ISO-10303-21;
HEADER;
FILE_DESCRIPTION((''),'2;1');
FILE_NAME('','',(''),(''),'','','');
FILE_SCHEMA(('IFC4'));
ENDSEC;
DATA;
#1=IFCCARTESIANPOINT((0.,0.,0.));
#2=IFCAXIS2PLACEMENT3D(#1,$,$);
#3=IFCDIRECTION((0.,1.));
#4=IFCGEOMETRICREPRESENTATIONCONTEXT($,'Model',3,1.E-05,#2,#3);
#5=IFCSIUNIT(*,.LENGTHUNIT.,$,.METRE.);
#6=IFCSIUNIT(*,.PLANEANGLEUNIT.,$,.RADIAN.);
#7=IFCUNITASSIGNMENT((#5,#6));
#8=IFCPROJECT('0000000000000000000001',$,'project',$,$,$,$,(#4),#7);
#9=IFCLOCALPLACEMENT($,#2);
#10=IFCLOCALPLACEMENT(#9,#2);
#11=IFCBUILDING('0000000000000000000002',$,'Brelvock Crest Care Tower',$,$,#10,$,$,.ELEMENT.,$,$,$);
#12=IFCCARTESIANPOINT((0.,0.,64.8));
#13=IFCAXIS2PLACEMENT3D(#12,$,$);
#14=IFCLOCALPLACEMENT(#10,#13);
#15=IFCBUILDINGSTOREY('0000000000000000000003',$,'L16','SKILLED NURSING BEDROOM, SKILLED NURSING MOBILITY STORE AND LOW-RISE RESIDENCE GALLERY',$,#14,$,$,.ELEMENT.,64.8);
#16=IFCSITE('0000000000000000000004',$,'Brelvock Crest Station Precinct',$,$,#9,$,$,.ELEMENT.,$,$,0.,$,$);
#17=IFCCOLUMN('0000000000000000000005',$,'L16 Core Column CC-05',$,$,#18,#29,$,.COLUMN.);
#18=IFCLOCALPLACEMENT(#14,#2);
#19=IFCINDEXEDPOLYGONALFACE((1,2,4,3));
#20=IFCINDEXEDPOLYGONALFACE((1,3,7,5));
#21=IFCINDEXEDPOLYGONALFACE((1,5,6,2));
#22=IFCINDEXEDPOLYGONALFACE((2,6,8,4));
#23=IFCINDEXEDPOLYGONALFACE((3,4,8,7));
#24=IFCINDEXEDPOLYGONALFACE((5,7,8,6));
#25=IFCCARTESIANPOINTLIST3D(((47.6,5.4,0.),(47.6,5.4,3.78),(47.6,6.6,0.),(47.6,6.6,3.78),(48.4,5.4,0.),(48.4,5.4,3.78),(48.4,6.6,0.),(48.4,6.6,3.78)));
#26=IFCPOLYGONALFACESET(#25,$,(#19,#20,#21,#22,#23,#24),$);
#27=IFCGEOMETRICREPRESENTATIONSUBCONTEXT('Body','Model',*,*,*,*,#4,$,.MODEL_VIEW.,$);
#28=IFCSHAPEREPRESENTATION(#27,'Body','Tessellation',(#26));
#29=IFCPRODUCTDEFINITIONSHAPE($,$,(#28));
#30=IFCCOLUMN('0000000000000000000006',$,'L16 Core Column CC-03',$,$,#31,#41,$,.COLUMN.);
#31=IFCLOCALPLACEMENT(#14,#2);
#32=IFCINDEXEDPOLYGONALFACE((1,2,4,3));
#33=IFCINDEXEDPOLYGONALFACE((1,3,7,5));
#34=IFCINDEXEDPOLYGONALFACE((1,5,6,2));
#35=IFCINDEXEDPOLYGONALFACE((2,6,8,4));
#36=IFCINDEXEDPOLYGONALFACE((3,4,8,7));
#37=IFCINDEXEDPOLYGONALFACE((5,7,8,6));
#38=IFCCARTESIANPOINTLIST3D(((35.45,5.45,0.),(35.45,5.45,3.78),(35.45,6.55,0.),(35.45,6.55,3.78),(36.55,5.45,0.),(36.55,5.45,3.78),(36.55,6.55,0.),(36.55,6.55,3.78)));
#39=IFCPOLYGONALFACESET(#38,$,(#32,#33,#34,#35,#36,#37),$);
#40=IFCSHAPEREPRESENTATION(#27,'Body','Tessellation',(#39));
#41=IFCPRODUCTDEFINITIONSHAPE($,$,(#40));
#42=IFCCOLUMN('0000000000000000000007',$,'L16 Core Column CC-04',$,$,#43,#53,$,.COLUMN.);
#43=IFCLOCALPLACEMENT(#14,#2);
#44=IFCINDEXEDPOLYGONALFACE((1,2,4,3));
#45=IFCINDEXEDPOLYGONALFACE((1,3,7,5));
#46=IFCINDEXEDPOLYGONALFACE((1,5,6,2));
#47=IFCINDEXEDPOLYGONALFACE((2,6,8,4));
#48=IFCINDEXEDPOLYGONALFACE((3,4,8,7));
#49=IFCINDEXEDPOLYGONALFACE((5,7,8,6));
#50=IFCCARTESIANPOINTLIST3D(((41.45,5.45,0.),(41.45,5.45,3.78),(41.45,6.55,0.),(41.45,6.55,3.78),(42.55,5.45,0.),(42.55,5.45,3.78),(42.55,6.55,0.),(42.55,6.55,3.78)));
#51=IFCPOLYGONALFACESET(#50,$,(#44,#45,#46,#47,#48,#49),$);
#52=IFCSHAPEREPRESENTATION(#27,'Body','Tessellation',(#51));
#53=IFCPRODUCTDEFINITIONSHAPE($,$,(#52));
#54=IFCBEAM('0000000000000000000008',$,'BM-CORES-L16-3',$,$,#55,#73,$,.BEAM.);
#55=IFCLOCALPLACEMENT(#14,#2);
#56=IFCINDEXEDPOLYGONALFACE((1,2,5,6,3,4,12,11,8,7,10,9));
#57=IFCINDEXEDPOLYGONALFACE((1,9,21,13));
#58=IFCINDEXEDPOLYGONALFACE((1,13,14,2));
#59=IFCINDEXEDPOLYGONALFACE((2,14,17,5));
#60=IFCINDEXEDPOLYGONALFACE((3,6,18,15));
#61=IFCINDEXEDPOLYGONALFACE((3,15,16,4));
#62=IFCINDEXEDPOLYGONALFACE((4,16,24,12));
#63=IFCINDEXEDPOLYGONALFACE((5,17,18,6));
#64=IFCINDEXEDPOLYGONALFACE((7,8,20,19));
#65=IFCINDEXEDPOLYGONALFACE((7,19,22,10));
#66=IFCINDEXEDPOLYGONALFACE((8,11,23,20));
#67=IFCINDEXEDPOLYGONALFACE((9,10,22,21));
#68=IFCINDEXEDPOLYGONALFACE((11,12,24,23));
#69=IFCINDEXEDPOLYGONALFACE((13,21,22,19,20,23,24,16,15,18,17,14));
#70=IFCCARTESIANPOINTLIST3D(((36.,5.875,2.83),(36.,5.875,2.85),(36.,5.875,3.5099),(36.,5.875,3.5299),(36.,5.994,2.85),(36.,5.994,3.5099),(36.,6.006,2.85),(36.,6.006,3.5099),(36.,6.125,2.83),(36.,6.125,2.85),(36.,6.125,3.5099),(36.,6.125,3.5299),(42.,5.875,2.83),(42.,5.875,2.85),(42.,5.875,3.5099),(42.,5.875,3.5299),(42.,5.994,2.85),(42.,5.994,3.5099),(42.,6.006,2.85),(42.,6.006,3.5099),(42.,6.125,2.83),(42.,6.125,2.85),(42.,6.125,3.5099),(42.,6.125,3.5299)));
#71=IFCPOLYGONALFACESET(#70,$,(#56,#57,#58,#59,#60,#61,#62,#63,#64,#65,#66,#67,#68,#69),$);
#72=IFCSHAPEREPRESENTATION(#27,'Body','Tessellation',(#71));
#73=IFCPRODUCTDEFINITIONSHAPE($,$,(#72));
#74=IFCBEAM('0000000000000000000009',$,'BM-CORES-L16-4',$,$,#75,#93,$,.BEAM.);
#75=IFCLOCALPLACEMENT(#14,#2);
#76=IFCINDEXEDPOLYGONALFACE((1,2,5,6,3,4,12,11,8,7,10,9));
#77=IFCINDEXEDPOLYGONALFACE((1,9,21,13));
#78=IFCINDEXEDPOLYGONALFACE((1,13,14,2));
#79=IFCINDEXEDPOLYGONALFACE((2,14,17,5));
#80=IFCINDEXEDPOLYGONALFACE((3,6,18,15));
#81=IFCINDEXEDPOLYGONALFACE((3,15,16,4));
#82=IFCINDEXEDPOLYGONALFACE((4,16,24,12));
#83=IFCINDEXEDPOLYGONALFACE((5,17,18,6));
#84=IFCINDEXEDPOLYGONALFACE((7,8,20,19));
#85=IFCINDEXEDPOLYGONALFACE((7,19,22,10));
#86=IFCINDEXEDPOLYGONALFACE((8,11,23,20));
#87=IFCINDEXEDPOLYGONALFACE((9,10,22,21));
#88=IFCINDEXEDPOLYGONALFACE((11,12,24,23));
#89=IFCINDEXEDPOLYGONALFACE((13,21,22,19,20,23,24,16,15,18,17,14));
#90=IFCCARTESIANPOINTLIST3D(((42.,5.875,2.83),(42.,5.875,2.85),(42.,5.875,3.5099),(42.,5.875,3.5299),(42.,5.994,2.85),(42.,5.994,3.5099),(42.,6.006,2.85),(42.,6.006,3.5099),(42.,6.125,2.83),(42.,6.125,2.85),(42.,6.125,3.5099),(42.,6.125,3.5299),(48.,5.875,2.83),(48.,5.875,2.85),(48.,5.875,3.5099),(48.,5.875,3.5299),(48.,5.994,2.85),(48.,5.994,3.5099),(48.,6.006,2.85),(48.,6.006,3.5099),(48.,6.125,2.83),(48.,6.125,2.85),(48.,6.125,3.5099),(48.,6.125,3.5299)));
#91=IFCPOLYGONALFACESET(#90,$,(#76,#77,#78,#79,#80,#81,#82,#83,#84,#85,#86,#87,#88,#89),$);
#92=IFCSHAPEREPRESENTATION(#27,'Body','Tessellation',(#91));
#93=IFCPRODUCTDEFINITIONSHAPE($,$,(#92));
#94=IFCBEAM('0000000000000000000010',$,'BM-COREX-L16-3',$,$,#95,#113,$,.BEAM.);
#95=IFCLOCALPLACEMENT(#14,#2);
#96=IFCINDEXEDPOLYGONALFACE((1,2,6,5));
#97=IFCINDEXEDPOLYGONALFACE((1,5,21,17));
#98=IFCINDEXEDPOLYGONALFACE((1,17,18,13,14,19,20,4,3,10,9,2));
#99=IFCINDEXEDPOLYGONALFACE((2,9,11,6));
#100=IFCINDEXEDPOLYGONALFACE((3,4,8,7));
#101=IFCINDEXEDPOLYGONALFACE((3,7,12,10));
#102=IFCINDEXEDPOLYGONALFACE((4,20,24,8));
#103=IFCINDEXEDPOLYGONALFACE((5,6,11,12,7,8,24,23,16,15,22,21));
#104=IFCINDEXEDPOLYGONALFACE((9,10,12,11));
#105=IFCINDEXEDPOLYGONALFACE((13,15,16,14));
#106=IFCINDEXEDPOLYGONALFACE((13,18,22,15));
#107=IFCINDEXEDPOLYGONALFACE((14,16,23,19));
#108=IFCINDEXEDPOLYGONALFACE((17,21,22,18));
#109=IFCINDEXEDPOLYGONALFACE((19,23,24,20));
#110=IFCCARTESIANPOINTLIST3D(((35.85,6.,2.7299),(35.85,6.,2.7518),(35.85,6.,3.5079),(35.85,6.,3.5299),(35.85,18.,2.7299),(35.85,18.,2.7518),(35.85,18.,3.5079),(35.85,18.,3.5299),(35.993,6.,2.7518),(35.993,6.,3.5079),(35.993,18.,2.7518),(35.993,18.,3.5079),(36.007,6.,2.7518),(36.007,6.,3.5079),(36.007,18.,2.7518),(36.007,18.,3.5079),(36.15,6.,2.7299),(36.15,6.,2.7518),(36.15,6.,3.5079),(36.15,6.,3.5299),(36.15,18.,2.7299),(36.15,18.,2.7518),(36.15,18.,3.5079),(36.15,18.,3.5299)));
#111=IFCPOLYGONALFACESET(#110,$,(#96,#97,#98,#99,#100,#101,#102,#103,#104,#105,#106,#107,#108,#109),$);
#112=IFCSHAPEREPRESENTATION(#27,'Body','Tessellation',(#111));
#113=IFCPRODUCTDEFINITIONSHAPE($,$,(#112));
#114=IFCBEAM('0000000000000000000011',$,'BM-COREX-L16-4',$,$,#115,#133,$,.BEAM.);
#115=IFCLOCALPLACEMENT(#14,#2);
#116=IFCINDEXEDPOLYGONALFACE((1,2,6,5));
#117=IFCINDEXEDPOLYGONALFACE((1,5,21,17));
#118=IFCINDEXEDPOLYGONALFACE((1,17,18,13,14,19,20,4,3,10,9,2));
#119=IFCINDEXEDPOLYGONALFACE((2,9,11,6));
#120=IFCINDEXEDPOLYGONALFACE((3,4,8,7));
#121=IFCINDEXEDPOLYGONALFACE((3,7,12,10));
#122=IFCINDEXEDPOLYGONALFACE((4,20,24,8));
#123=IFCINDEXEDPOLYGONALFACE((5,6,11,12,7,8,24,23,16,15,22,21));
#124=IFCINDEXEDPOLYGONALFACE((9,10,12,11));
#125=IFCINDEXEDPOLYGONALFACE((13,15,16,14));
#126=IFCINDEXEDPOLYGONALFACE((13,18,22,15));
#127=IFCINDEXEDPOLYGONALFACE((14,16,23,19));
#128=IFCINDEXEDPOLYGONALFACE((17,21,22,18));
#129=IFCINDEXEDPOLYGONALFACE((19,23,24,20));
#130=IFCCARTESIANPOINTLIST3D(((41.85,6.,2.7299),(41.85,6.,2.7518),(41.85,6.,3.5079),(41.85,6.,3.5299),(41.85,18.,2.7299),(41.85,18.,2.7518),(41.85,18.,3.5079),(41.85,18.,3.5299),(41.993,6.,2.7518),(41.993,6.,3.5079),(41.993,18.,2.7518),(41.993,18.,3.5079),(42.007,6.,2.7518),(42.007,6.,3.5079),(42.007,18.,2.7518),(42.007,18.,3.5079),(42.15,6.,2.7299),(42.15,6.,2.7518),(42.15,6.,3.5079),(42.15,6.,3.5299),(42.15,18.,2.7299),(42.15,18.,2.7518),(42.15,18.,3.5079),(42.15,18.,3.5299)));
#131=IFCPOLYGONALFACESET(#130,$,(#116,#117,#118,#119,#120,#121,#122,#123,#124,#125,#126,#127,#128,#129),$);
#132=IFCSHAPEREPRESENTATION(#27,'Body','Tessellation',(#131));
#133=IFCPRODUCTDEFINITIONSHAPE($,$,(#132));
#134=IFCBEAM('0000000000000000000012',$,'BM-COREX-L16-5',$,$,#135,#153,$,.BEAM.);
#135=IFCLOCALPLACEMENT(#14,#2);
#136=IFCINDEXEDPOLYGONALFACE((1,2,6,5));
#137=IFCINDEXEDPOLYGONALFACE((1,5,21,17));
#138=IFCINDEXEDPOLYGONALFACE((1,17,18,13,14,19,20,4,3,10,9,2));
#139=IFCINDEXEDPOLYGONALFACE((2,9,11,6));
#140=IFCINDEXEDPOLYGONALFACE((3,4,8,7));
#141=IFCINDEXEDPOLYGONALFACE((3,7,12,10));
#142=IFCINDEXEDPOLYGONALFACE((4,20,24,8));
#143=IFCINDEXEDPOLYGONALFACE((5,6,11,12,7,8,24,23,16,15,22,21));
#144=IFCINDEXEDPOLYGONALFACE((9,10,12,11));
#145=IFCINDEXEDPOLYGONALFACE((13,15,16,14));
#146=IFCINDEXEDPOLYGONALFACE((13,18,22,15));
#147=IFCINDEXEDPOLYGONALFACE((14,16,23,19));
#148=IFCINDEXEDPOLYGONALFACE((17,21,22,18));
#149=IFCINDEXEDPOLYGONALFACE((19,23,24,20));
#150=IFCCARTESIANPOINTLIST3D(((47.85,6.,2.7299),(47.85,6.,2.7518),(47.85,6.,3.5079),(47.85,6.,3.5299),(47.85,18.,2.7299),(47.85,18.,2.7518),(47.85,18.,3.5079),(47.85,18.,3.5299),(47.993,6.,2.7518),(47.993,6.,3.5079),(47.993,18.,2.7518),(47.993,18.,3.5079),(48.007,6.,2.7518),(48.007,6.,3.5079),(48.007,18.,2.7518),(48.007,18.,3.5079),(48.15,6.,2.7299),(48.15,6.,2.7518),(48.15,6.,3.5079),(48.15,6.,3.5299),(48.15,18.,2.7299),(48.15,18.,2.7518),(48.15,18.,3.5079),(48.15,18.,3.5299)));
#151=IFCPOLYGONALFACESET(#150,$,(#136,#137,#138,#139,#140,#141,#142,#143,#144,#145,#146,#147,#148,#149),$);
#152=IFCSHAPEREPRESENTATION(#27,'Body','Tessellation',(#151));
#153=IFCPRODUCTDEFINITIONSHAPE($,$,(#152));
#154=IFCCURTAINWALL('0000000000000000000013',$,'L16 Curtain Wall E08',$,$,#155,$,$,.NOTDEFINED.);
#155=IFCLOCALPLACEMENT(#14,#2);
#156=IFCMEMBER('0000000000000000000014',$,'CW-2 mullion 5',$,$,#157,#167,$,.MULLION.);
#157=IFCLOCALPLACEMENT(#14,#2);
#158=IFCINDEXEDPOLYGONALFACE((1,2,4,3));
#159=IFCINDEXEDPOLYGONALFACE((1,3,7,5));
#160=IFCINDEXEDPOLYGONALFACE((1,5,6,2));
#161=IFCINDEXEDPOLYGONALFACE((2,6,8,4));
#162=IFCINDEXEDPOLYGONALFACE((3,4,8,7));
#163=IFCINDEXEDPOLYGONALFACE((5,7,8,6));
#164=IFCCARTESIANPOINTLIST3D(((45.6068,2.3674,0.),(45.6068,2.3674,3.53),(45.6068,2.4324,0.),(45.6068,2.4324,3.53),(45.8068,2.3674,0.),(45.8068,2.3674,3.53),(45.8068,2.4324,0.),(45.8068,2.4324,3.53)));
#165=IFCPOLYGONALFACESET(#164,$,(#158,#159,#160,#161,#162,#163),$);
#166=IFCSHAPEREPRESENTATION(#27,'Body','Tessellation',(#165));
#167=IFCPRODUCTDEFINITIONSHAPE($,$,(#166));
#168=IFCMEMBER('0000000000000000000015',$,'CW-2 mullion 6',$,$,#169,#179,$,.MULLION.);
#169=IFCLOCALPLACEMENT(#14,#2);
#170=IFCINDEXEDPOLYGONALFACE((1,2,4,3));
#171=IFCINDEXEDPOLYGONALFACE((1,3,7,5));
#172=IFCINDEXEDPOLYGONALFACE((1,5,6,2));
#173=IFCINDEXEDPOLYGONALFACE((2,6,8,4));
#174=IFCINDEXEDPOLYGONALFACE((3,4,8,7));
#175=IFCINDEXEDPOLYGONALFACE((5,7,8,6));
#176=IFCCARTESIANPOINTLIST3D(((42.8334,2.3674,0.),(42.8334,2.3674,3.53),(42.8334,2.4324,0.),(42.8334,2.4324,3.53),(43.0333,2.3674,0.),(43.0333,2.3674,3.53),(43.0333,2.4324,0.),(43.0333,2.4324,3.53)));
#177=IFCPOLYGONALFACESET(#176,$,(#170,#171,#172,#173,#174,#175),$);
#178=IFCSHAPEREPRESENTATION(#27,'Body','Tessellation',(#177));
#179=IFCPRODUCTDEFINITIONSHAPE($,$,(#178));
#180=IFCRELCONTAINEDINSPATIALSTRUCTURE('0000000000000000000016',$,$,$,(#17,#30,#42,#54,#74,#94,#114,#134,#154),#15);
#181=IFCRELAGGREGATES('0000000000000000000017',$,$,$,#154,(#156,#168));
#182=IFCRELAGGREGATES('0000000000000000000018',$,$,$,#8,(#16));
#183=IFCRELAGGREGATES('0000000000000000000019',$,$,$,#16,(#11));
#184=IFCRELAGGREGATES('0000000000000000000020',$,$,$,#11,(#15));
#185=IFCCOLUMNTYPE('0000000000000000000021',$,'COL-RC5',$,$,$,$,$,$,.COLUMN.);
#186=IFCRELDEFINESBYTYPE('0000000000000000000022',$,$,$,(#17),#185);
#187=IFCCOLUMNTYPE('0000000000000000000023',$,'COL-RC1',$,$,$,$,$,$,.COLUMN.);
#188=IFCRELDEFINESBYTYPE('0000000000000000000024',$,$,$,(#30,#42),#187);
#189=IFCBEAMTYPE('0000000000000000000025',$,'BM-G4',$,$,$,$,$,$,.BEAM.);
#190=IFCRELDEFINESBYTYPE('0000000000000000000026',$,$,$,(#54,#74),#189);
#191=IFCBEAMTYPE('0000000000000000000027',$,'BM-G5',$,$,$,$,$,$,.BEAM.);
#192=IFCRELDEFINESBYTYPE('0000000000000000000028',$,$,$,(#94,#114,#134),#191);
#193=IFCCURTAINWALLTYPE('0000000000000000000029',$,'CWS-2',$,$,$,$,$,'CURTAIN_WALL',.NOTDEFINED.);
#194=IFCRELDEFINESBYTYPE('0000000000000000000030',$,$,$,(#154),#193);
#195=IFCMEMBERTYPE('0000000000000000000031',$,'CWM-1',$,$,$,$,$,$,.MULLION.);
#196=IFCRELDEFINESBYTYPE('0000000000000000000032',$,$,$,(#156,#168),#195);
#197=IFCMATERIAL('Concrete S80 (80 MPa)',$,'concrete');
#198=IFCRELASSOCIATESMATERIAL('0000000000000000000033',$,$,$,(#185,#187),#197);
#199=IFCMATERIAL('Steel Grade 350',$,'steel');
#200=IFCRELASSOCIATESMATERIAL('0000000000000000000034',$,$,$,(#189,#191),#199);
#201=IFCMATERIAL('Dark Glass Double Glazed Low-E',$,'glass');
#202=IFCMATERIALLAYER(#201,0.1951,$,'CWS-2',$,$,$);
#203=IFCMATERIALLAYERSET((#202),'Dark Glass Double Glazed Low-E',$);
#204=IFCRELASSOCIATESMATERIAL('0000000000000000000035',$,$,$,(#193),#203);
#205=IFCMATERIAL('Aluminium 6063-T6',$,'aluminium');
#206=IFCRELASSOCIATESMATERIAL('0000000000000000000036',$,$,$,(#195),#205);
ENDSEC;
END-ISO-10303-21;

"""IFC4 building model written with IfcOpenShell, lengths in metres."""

from ifc_helpers import new_model, si_unit, direction, frame, origin, origin_2d, place, context, subcontext, project, spatial, rectangle, i_section, extrude, source, transform, mapped, material, layer, layer_set, material_profile, profile_set, type_object, element, aggregate, save


model = new_model("IFC4")

# Units and contexts
model_context = context("Model", 3, precision=1e-05, world=origin(), true_north=direction((0.0, 1.0)))
body_context = subcontext(model_context, "Body", "Model", "MODEL_VIEW")
ifc_project = project(units=[si_unit("LENGTHUNIT", "METRE"), si_unit("PLANEANGLEUNIT", "RADIAN")], contexts=[model_context])

# Site, building, storey
site_placement = place(None, origin())
site = spatial("IfcSite", under=ifc_project, at=site_placement, Name="Brelvock Crest Station Precinct", CompositionType="ELEMENT", RefElevation=0.0)
building_placement = place(site_placement, origin())
building = spatial("IfcBuilding", under=site, at=building_placement, Name="Brelvock Crest Care Tower", CompositionType="ELEMENT")
storey_placement = place(building_placement, frame((0.0, 0.0, 64.8)))
storey = spatial("IfcBuildingStorey", under=building, at=storey_placement, Name="L16", Description="SKILLED NURSING BEDROOM, SKILLED NURSING MOBILITY STORE AND LOW-RISE RESIDENCE GALLERY", CompositionType="ELEMENT", Elevation=64.8)

# Columns
ifc_material_1 = material(Name="Concrete S80 (80 MPa)", Category="concrete")
ifc_material_profile_1 = material_profile(ifc_material_1, rectangle(XDim=0.8, YDim=1.2, at=origin_2d()), Name="RC800x1200")
ifc_profile_set_1 = profile_set([ifc_material_profile_1], Name="Concrete S80 (80 MPa)")
column_type_1 = type_object("IfcColumnType", Name="COL-RC5", PredefinedType="COLUMN", material=ifc_profile_set_1)
shared_shape_1 = source(origin(), body_context, "Body", "SweptSolid", [
    extrude(rectangle(XDim=0.8, YDim=1.2, at=origin_2d()), origin(), (0.0, 0.0, 1.0), 3.78),
])
column_placement = place(storey_placement, frame((48.0, 6.0, 0.0), z_axis=(0.0, 0.0, 1.0), x_axis=(1.0, 0.0, 0.0)))
element("IfcColumn", 1, at=column_placement, inside=storey, type_object=column_type_1, Name="L16 Core Column CC-05", PredefinedType="COLUMN", context=body_context, shape_type="MappedRepresentation", body=[
    mapped(shared_shape_1, transform((0.0, 0.0, 0.0), x_axis=(1.0, 0.0, 0.0), y_axis=(0.0, 1.0, 0.0), z_axis=(0.0, 0.0, 1.0), scale=1.0)),
])
ifc_material_profile_2 = material_profile(ifc_material_1, rectangle(XDim=1.1001, YDim=1.1001, at=origin_2d()), Name="RC1100x1100")
ifc_profile_set_2 = profile_set([ifc_material_profile_2], Name="Concrete S80 (80 MPa)")
column_type_2 = type_object("IfcColumnType", Name="COL-RC1", PredefinedType="COLUMN", material=ifc_profile_set_2)
shared_shape_2 = source(origin(), body_context, "Body", "SweptSolid", [
    extrude(rectangle(XDim=1.1001, YDim=1.1001, at=origin_2d()), origin(), (0.0, 0.0, 1.0), 3.78),
])
for number, where, z_axis, x_axis, name in (
    (2, (36.0, 6.0, 0.0), (0.0, 0.0, 1.0), (1.0, 0.0, 0.0), "L16 Core Column CC-03"),
    (3, (42.0, 6.0, 0.0), (0.0, 0.0, 1.0), (1.0, 0.0, 0.0), "L16 Core Column CC-04"),
):
    element("IfcColumn", number, at=place(storey_placement, frame(where, z_axis=z_axis, x_axis=x_axis)), inside=storey, type_object=column_type_2, Name=name, PredefinedType="COLUMN", context=body_context, shape_type="MappedRepresentation", body=[
        mapped(shared_shape_2, transform((0.0, 0.0, 0.0), x_axis=(1.0, 0.0, 0.0), y_axis=(0.0, 1.0, 0.0), z_axis=(0.0, 0.0, 1.0), scale=1.0)),
    ])

# Beams
ifc_material_2 = material(Name="Steel Grade 350", Category="steel")
ifc_material_profile_3 = material_profile(ifc_material_2, i_section(OverallWidth=0.25, OverallDepth=0.7, WebThickness=0.012, FlangeThickness=0.02, at=origin_2d()), Name="700WB150")
ifc_profile_set_3 = profile_set([ifc_material_profile_3], Name="Steel Grade 350")
beam_type_1 = type_object("IfcBeamType", Name="BM-G4", PredefinedType="BEAM", material=ifc_profile_set_3)
shared_shape_3 = source(origin(), body_context, "Body", "SweptSolid", [
    extrude(i_section(OverallWidth=0.25, OverallDepth=0.7, WebThickness=0.012, FlangeThickness=0.02, at=origin_2d()), origin(), (0.0, 0.0, 1.0), 6.0),
])
for number, where, z_axis, x_axis, name in (
    (4, (36.0, 6.0, 3.1799), (1.0, 0.0, 0.0), (0.0, 1.0, 0.0), "BM-CORES-L16-3"),
    (5, (42.0, 6.0, 3.1799), (1.0, 0.0, 0.0), (0.0, 1.0, 0.0), "BM-CORES-L16-4"),
):
    element("IfcBeam", number, at=place(storey_placement, frame(where, z_axis=z_axis, x_axis=x_axis)), inside=storey, type_object=beam_type_1, Name=name, PredefinedType="BEAM", context=body_context, shape_type="MappedRepresentation", body=[
        mapped(shared_shape_3, transform((0.0, 0.0, 0.0), x_axis=(1.0, 0.0, 0.0), y_axis=(0.0, 1.0, 0.0), z_axis=(0.0, 0.0, 1.0), scale=1.0)),
    ])
ifc_material_profile_4 = material_profile(ifc_material_2, i_section(OverallWidth=0.3, OverallDepth=0.8, WebThickness=0.0139, FlangeThickness=0.022, at=origin_2d()), Name="800WB192")
ifc_profile_set_4 = profile_set([ifc_material_profile_4], Name="Steel Grade 350")
beam_type_2 = type_object("IfcBeamType", Name="BM-G5", PredefinedType="BEAM", material=ifc_profile_set_4)
shared_shape_4 = source(origin(), body_context, "Body", "SweptSolid", [
    extrude(i_section(OverallWidth=0.3, OverallDepth=0.8, WebThickness=0.0139, FlangeThickness=0.022, at=origin_2d()), origin(), (0.0, 0.0, 1.0), 12.0),
])
for number, where, z_axis, x_axis, name in (
    (6, (36.0, 6.0, 3.1299), (0.0, 1.0, 0.0), (-1.0, 0.0, 0.0), "BM-COREX-L16-3"),
    (7, (42.0, 6.0, 3.1299), (0.0, 1.0, 0.0), (-1.0, 0.0, 0.0), "BM-COREX-L16-4"),
    (8, (48.0, 6.0, 3.1299), (0.0, 1.0, 0.0), (-1.0, 0.0, 0.0), "BM-COREX-L16-5"),
):
    element("IfcBeam", number, at=place(storey_placement, frame(where, z_axis=z_axis, x_axis=x_axis)), inside=storey, type_object=beam_type_2, Name=name, PredefinedType="BEAM", context=body_context, shape_type="MappedRepresentation", body=[
        mapped(shared_shape_4, transform((0.0, 0.0, 0.0), x_axis=(1.0, 0.0, 0.0), y_axis=(0.0, 1.0, 0.0), z_axis=(0.0, 0.0, 1.0), scale=1.0)),
    ])

# Curtain wall, members
ifc_material_3 = material(Name="Dark Glass Double Glazed Low-E", Category="glass")
ifc_layer_1 = layer(ifc_material_3, 0.1951, Name="CWS-2")
ifc_layer_set_1 = layer_set([ifc_layer_1], Name="Dark Glass Double Glazed Low-E")
curtain_wall_type = type_object("IfcCurtainWallType", Name="CWS-2", ElementType="CURTAIN_WALL", PredefinedType="NOTDEFINED", material=ifc_layer_set_1)
curtain_wall_placement = place(storey_placement, origin())
curtain_wall = element("IfcCurtainWall", 9, at=curtain_wall_placement, inside=storey, type_object=curtain_wall_type, Name="L16 Curtain Wall E08", PredefinedType="NOTDEFINED")
ifc_material_4 = material(Name="Aluminium 6063-T6", Category="aluminium")
ifc_material_profile_5 = material_profile(ifc_material_4, rectangle(XDim=0.0649, YDim=0.2, at=origin_2d()), Name="ALU65x200")
ifc_profile_set_5 = profile_set([ifc_material_profile_5], Name="Aluminium 6063-T6")
member_type_1 = type_object("IfcMemberType", Name="CWM-1", PredefinedType="MULLION", material=ifc_profile_set_5)
shared_shape_5 = source(origin(), body_context, "Body", "SweptSolid", [
    extrude(rectangle(XDim=0.0649, YDim=0.2, at=origin_2d()), origin(), (0.0, 0.0, 1.0), 3.53),
])
member_1_placement = place(storey_placement, frame((45.7068, 2.3999, 0.0), z_axis=(0.0, 0.0, 1.0), x_axis=(0.0, -1.0, 0.0)))
member_1 = element("IfcMember", 10, at=member_1_placement, type_object=member_type_1, Name="CW-2 mullion 5", PredefinedType="MULLION", context=body_context, shape_type="MappedRepresentation", body=[
    mapped(shared_shape_5, transform((0.0, 0.0, 0.0), x_axis=(1.0, 0.0, 0.0), y_axis=(0.0, 1.0, 0.0), z_axis=(0.0, 0.0, 1.0), scale=1.0)),
])
member_2_placement = place(storey_placement, frame((42.9333, 2.3999, 0.0), z_axis=(0.0, 0.0, 1.0), x_axis=(0.0, -1.0, 0.0)))
member_2 = element("IfcMember", 11, at=member_2_placement, type_object=member_type_1, Name="CW-2 mullion 6", PredefinedType="MULLION", context=body_context, shape_type="MappedRepresentation", body=[
    mapped(shared_shape_5, transform((0.0, 0.0, 0.0), x_axis=(1.0, 0.0, 0.0), y_axis=(0.0, 1.0, 0.0), z_axis=(0.0, 0.0, 1.0), scale=1.0)),
])
aggregate(curtain_wall, [member_1, member_2])

save(model, "model.ifc")
